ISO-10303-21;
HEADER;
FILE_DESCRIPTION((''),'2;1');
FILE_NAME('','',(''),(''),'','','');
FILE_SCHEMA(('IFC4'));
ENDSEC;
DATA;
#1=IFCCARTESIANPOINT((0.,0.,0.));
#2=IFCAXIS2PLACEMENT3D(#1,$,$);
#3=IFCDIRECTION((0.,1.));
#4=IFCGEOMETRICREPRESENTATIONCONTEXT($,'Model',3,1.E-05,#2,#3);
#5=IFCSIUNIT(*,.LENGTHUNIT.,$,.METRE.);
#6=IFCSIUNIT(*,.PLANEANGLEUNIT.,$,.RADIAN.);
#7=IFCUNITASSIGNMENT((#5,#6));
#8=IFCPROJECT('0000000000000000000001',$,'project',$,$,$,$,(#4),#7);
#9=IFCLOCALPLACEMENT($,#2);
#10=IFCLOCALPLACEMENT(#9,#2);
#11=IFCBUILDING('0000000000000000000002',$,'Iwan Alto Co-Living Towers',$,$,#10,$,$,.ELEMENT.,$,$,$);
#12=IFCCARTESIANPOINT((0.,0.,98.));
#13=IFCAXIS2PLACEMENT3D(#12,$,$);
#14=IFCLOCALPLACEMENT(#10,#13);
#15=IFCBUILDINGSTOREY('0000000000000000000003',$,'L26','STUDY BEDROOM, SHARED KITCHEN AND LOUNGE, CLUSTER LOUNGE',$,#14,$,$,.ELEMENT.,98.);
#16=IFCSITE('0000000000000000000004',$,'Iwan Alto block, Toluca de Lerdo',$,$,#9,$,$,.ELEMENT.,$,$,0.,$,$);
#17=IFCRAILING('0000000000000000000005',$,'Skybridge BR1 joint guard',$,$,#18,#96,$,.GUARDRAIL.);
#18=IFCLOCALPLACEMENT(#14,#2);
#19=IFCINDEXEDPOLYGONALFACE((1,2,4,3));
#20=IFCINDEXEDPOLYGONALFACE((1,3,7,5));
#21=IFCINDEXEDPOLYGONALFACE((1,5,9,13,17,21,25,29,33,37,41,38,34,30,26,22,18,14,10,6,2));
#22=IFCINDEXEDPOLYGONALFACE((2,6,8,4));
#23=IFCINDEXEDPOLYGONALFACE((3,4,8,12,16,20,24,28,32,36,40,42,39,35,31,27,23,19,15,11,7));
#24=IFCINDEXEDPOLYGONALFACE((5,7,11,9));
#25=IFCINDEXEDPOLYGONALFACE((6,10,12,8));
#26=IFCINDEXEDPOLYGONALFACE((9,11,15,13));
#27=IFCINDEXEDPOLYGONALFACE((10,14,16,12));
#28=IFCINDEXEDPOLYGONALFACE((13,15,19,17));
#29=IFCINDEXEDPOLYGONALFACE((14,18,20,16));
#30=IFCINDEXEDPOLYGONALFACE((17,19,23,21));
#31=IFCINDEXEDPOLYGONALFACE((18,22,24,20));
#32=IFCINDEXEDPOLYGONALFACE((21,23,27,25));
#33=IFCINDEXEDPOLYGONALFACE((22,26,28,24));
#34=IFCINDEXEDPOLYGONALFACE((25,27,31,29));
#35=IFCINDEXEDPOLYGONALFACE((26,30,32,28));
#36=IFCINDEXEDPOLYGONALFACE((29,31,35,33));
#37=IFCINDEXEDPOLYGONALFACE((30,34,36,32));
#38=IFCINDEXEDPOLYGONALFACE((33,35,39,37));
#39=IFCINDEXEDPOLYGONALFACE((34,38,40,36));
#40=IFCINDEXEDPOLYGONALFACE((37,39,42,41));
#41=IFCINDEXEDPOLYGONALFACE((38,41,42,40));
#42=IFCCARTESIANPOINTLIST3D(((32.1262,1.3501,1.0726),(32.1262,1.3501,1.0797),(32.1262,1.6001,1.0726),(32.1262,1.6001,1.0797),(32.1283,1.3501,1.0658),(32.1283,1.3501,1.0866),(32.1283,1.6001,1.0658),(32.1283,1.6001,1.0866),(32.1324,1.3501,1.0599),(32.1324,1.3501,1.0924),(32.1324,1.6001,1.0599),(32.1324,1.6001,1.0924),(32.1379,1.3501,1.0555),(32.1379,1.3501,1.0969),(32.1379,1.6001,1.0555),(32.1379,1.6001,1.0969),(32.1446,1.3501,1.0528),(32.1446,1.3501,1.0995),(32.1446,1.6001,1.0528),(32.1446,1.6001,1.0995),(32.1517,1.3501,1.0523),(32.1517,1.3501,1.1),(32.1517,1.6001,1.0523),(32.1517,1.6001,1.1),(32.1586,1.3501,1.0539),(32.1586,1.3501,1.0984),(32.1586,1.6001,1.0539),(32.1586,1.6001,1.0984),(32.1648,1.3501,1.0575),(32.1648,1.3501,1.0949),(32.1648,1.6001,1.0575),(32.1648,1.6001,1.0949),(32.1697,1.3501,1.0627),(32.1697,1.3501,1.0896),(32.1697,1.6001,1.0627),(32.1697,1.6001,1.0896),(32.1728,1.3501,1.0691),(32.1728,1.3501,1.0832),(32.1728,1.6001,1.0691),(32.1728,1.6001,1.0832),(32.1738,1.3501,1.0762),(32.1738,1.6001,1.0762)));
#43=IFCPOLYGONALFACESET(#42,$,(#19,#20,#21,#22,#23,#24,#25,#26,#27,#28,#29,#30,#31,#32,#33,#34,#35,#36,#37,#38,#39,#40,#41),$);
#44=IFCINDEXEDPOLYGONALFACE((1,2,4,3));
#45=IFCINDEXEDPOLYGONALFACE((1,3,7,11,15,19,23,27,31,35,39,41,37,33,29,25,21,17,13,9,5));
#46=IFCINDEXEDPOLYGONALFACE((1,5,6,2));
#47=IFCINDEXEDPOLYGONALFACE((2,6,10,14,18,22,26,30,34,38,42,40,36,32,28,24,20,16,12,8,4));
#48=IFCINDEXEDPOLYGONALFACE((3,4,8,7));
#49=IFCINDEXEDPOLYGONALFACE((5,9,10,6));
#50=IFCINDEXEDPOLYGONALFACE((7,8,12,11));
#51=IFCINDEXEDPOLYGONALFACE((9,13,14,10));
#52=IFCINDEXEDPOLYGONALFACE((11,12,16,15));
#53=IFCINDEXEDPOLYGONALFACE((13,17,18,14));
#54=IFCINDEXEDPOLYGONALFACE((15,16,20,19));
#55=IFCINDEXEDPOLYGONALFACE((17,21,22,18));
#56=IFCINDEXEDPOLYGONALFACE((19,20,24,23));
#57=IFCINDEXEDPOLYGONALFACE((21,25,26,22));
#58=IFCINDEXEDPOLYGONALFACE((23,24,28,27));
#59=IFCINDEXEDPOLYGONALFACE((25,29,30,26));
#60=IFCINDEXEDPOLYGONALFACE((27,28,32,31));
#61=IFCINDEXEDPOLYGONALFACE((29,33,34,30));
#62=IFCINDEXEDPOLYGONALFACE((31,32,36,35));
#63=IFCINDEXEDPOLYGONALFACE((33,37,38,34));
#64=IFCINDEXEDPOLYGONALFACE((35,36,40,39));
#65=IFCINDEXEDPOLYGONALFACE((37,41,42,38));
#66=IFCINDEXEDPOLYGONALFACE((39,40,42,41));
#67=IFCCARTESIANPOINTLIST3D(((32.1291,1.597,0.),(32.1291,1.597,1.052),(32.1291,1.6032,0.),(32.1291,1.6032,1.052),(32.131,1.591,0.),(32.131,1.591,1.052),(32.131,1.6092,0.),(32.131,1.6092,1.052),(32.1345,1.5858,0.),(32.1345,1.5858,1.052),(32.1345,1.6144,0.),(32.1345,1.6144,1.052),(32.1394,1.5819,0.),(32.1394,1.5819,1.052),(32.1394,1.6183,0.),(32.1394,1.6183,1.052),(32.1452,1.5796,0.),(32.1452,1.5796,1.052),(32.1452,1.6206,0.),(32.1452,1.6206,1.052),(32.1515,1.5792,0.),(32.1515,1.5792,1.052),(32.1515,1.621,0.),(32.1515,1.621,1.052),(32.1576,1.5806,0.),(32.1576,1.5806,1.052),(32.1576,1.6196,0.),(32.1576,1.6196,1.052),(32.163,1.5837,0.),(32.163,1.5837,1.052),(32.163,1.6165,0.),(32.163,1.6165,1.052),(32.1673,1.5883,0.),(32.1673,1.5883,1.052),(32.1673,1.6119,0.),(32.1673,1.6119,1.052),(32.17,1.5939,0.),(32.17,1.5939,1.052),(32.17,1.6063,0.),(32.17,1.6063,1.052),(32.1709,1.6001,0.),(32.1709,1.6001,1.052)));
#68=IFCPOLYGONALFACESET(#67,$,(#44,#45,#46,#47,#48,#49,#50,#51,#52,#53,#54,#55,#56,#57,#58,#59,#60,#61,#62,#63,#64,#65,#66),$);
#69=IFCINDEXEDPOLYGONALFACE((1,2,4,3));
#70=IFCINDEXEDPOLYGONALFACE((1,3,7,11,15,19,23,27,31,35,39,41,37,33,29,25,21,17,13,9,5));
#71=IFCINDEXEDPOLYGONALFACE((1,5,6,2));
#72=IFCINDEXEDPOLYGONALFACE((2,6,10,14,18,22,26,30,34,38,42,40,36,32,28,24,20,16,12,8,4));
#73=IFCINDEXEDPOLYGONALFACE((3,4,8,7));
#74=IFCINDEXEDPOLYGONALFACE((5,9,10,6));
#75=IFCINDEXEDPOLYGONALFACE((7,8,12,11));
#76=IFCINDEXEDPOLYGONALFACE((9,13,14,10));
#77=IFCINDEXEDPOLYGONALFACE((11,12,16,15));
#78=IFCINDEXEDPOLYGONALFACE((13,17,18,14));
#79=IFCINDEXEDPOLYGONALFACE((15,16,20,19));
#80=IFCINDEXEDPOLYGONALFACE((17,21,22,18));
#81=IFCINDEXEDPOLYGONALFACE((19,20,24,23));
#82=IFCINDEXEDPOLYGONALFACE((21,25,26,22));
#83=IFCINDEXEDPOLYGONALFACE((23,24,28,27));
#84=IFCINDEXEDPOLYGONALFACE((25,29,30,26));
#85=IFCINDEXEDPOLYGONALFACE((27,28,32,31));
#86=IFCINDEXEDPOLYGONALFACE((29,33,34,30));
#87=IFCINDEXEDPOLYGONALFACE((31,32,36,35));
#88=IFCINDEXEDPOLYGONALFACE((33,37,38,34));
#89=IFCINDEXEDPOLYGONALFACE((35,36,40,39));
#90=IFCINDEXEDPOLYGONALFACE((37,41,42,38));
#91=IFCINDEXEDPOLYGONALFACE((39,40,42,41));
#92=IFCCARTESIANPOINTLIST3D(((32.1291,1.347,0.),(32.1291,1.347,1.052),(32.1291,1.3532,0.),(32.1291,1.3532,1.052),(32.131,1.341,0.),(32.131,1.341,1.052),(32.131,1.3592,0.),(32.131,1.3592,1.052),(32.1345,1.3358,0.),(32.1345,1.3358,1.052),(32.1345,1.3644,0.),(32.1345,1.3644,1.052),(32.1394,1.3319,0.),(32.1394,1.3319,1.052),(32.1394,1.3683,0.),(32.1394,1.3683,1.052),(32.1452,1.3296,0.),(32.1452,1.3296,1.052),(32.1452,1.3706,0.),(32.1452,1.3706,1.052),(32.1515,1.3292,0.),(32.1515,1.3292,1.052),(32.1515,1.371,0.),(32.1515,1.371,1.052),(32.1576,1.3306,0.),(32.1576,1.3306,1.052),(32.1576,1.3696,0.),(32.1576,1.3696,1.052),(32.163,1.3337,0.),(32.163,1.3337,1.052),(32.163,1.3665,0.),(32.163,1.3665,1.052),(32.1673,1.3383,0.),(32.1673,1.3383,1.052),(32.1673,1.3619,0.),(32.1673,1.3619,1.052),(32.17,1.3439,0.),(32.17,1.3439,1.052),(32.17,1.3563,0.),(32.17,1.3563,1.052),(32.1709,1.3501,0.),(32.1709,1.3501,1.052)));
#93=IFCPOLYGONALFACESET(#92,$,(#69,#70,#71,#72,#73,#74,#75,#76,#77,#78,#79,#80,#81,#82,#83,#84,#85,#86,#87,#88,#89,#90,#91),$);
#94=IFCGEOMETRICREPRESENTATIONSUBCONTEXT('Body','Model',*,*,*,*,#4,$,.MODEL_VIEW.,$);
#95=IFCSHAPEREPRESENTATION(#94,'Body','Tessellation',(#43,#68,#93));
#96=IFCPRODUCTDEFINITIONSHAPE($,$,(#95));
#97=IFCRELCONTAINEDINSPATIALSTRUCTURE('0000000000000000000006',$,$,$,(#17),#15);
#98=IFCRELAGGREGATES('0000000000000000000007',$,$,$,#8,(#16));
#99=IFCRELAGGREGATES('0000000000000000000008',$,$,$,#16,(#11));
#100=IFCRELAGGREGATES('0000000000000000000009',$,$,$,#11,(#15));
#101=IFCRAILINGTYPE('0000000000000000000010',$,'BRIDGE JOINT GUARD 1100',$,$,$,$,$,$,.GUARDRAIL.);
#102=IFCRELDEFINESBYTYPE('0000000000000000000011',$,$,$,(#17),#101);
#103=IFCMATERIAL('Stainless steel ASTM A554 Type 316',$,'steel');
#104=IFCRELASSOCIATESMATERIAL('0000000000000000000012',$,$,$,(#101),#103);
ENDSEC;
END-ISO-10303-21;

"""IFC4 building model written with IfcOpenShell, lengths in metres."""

from ifc_helpers import new_model, si_unit, direction, frame, origin, origin_2d, place, context, subcontext, project, spatial, circle, extrude, material, type_object, element, save


model = new_model("IFC4")

# Units and contexts
model_context = context("Model", 3, precision=1e-05, world=origin(), true_north=direction((0.0, 1.0)))
body_context = subcontext(model_context, "Body", "Model", "MODEL_VIEW")
ifc_project = project(units=[si_unit("LENGTHUNIT", "METRE"), si_unit("PLANEANGLEUNIT", "RADIAN")], contexts=[model_context])

# Site, building, storey
site_placement = place(None, origin())
site = spatial("IfcSite", under=ifc_project, at=site_placement, Name="Iwan Alto block, Toluca de Lerdo", CompositionType="ELEMENT", RefElevation=0.0)
building_placement = place(site_placement, origin())
building = spatial("IfcBuilding", under=site, at=building_placement, Name="Iwan Alto Co-Living Towers", CompositionType="ELEMENT")
storey_placement = place(building_placement, frame((0.0, 0.0, 98.0)))
storey = spatial("IfcBuildingStorey", under=building, at=storey_placement, Name="L26", Description="STUDY BEDROOM, SHARED KITCHEN AND LOUNGE, CLUSTER LOUNGE", CompositionType="ELEMENT", Elevation=98.0)

# Railing
ifc_material_1 = material(Name="Stainless steel ASTM A554 Type 316", Category="steel")
railing_type = type_object("IfcRailingType", Name="BRIDGE JOINT GUARD 1100", PredefinedType="GUARDRAIL", material=ifc_material_1)
railing_1_placement = place(storey_placement, frame((32.1499, 1.6001, 0.0)))
element("IfcRailing", 1, at=railing_1_placement, inside=storey, type_object=railing_type, Name="Skybridge BR1 joint guard", PredefinedType="GUARDRAIL", context=body_context, shape_type="SweptSolid", body=[
    extrude(circle(Radius=0.0239, at=origin_2d()), frame((0.0, 0.0, 1.0762), z_axis=(0.0, -1.0, 0.0), x_axis=(1.0, 0.0, 0.0)), (0.0, 0.0, 1.0), 0.25),
    extrude(circle(Radius=0.021, at=origin_2d()), origin(), (0.0, 0.0, 1.0), 1.052),
    extrude(circle(Radius=0.021, at=origin_2d()), frame((0.0, -0.25, 0.0)), (0.0, 0.0, 1.0), 1.052),
])

save(model, "model.ifc")
